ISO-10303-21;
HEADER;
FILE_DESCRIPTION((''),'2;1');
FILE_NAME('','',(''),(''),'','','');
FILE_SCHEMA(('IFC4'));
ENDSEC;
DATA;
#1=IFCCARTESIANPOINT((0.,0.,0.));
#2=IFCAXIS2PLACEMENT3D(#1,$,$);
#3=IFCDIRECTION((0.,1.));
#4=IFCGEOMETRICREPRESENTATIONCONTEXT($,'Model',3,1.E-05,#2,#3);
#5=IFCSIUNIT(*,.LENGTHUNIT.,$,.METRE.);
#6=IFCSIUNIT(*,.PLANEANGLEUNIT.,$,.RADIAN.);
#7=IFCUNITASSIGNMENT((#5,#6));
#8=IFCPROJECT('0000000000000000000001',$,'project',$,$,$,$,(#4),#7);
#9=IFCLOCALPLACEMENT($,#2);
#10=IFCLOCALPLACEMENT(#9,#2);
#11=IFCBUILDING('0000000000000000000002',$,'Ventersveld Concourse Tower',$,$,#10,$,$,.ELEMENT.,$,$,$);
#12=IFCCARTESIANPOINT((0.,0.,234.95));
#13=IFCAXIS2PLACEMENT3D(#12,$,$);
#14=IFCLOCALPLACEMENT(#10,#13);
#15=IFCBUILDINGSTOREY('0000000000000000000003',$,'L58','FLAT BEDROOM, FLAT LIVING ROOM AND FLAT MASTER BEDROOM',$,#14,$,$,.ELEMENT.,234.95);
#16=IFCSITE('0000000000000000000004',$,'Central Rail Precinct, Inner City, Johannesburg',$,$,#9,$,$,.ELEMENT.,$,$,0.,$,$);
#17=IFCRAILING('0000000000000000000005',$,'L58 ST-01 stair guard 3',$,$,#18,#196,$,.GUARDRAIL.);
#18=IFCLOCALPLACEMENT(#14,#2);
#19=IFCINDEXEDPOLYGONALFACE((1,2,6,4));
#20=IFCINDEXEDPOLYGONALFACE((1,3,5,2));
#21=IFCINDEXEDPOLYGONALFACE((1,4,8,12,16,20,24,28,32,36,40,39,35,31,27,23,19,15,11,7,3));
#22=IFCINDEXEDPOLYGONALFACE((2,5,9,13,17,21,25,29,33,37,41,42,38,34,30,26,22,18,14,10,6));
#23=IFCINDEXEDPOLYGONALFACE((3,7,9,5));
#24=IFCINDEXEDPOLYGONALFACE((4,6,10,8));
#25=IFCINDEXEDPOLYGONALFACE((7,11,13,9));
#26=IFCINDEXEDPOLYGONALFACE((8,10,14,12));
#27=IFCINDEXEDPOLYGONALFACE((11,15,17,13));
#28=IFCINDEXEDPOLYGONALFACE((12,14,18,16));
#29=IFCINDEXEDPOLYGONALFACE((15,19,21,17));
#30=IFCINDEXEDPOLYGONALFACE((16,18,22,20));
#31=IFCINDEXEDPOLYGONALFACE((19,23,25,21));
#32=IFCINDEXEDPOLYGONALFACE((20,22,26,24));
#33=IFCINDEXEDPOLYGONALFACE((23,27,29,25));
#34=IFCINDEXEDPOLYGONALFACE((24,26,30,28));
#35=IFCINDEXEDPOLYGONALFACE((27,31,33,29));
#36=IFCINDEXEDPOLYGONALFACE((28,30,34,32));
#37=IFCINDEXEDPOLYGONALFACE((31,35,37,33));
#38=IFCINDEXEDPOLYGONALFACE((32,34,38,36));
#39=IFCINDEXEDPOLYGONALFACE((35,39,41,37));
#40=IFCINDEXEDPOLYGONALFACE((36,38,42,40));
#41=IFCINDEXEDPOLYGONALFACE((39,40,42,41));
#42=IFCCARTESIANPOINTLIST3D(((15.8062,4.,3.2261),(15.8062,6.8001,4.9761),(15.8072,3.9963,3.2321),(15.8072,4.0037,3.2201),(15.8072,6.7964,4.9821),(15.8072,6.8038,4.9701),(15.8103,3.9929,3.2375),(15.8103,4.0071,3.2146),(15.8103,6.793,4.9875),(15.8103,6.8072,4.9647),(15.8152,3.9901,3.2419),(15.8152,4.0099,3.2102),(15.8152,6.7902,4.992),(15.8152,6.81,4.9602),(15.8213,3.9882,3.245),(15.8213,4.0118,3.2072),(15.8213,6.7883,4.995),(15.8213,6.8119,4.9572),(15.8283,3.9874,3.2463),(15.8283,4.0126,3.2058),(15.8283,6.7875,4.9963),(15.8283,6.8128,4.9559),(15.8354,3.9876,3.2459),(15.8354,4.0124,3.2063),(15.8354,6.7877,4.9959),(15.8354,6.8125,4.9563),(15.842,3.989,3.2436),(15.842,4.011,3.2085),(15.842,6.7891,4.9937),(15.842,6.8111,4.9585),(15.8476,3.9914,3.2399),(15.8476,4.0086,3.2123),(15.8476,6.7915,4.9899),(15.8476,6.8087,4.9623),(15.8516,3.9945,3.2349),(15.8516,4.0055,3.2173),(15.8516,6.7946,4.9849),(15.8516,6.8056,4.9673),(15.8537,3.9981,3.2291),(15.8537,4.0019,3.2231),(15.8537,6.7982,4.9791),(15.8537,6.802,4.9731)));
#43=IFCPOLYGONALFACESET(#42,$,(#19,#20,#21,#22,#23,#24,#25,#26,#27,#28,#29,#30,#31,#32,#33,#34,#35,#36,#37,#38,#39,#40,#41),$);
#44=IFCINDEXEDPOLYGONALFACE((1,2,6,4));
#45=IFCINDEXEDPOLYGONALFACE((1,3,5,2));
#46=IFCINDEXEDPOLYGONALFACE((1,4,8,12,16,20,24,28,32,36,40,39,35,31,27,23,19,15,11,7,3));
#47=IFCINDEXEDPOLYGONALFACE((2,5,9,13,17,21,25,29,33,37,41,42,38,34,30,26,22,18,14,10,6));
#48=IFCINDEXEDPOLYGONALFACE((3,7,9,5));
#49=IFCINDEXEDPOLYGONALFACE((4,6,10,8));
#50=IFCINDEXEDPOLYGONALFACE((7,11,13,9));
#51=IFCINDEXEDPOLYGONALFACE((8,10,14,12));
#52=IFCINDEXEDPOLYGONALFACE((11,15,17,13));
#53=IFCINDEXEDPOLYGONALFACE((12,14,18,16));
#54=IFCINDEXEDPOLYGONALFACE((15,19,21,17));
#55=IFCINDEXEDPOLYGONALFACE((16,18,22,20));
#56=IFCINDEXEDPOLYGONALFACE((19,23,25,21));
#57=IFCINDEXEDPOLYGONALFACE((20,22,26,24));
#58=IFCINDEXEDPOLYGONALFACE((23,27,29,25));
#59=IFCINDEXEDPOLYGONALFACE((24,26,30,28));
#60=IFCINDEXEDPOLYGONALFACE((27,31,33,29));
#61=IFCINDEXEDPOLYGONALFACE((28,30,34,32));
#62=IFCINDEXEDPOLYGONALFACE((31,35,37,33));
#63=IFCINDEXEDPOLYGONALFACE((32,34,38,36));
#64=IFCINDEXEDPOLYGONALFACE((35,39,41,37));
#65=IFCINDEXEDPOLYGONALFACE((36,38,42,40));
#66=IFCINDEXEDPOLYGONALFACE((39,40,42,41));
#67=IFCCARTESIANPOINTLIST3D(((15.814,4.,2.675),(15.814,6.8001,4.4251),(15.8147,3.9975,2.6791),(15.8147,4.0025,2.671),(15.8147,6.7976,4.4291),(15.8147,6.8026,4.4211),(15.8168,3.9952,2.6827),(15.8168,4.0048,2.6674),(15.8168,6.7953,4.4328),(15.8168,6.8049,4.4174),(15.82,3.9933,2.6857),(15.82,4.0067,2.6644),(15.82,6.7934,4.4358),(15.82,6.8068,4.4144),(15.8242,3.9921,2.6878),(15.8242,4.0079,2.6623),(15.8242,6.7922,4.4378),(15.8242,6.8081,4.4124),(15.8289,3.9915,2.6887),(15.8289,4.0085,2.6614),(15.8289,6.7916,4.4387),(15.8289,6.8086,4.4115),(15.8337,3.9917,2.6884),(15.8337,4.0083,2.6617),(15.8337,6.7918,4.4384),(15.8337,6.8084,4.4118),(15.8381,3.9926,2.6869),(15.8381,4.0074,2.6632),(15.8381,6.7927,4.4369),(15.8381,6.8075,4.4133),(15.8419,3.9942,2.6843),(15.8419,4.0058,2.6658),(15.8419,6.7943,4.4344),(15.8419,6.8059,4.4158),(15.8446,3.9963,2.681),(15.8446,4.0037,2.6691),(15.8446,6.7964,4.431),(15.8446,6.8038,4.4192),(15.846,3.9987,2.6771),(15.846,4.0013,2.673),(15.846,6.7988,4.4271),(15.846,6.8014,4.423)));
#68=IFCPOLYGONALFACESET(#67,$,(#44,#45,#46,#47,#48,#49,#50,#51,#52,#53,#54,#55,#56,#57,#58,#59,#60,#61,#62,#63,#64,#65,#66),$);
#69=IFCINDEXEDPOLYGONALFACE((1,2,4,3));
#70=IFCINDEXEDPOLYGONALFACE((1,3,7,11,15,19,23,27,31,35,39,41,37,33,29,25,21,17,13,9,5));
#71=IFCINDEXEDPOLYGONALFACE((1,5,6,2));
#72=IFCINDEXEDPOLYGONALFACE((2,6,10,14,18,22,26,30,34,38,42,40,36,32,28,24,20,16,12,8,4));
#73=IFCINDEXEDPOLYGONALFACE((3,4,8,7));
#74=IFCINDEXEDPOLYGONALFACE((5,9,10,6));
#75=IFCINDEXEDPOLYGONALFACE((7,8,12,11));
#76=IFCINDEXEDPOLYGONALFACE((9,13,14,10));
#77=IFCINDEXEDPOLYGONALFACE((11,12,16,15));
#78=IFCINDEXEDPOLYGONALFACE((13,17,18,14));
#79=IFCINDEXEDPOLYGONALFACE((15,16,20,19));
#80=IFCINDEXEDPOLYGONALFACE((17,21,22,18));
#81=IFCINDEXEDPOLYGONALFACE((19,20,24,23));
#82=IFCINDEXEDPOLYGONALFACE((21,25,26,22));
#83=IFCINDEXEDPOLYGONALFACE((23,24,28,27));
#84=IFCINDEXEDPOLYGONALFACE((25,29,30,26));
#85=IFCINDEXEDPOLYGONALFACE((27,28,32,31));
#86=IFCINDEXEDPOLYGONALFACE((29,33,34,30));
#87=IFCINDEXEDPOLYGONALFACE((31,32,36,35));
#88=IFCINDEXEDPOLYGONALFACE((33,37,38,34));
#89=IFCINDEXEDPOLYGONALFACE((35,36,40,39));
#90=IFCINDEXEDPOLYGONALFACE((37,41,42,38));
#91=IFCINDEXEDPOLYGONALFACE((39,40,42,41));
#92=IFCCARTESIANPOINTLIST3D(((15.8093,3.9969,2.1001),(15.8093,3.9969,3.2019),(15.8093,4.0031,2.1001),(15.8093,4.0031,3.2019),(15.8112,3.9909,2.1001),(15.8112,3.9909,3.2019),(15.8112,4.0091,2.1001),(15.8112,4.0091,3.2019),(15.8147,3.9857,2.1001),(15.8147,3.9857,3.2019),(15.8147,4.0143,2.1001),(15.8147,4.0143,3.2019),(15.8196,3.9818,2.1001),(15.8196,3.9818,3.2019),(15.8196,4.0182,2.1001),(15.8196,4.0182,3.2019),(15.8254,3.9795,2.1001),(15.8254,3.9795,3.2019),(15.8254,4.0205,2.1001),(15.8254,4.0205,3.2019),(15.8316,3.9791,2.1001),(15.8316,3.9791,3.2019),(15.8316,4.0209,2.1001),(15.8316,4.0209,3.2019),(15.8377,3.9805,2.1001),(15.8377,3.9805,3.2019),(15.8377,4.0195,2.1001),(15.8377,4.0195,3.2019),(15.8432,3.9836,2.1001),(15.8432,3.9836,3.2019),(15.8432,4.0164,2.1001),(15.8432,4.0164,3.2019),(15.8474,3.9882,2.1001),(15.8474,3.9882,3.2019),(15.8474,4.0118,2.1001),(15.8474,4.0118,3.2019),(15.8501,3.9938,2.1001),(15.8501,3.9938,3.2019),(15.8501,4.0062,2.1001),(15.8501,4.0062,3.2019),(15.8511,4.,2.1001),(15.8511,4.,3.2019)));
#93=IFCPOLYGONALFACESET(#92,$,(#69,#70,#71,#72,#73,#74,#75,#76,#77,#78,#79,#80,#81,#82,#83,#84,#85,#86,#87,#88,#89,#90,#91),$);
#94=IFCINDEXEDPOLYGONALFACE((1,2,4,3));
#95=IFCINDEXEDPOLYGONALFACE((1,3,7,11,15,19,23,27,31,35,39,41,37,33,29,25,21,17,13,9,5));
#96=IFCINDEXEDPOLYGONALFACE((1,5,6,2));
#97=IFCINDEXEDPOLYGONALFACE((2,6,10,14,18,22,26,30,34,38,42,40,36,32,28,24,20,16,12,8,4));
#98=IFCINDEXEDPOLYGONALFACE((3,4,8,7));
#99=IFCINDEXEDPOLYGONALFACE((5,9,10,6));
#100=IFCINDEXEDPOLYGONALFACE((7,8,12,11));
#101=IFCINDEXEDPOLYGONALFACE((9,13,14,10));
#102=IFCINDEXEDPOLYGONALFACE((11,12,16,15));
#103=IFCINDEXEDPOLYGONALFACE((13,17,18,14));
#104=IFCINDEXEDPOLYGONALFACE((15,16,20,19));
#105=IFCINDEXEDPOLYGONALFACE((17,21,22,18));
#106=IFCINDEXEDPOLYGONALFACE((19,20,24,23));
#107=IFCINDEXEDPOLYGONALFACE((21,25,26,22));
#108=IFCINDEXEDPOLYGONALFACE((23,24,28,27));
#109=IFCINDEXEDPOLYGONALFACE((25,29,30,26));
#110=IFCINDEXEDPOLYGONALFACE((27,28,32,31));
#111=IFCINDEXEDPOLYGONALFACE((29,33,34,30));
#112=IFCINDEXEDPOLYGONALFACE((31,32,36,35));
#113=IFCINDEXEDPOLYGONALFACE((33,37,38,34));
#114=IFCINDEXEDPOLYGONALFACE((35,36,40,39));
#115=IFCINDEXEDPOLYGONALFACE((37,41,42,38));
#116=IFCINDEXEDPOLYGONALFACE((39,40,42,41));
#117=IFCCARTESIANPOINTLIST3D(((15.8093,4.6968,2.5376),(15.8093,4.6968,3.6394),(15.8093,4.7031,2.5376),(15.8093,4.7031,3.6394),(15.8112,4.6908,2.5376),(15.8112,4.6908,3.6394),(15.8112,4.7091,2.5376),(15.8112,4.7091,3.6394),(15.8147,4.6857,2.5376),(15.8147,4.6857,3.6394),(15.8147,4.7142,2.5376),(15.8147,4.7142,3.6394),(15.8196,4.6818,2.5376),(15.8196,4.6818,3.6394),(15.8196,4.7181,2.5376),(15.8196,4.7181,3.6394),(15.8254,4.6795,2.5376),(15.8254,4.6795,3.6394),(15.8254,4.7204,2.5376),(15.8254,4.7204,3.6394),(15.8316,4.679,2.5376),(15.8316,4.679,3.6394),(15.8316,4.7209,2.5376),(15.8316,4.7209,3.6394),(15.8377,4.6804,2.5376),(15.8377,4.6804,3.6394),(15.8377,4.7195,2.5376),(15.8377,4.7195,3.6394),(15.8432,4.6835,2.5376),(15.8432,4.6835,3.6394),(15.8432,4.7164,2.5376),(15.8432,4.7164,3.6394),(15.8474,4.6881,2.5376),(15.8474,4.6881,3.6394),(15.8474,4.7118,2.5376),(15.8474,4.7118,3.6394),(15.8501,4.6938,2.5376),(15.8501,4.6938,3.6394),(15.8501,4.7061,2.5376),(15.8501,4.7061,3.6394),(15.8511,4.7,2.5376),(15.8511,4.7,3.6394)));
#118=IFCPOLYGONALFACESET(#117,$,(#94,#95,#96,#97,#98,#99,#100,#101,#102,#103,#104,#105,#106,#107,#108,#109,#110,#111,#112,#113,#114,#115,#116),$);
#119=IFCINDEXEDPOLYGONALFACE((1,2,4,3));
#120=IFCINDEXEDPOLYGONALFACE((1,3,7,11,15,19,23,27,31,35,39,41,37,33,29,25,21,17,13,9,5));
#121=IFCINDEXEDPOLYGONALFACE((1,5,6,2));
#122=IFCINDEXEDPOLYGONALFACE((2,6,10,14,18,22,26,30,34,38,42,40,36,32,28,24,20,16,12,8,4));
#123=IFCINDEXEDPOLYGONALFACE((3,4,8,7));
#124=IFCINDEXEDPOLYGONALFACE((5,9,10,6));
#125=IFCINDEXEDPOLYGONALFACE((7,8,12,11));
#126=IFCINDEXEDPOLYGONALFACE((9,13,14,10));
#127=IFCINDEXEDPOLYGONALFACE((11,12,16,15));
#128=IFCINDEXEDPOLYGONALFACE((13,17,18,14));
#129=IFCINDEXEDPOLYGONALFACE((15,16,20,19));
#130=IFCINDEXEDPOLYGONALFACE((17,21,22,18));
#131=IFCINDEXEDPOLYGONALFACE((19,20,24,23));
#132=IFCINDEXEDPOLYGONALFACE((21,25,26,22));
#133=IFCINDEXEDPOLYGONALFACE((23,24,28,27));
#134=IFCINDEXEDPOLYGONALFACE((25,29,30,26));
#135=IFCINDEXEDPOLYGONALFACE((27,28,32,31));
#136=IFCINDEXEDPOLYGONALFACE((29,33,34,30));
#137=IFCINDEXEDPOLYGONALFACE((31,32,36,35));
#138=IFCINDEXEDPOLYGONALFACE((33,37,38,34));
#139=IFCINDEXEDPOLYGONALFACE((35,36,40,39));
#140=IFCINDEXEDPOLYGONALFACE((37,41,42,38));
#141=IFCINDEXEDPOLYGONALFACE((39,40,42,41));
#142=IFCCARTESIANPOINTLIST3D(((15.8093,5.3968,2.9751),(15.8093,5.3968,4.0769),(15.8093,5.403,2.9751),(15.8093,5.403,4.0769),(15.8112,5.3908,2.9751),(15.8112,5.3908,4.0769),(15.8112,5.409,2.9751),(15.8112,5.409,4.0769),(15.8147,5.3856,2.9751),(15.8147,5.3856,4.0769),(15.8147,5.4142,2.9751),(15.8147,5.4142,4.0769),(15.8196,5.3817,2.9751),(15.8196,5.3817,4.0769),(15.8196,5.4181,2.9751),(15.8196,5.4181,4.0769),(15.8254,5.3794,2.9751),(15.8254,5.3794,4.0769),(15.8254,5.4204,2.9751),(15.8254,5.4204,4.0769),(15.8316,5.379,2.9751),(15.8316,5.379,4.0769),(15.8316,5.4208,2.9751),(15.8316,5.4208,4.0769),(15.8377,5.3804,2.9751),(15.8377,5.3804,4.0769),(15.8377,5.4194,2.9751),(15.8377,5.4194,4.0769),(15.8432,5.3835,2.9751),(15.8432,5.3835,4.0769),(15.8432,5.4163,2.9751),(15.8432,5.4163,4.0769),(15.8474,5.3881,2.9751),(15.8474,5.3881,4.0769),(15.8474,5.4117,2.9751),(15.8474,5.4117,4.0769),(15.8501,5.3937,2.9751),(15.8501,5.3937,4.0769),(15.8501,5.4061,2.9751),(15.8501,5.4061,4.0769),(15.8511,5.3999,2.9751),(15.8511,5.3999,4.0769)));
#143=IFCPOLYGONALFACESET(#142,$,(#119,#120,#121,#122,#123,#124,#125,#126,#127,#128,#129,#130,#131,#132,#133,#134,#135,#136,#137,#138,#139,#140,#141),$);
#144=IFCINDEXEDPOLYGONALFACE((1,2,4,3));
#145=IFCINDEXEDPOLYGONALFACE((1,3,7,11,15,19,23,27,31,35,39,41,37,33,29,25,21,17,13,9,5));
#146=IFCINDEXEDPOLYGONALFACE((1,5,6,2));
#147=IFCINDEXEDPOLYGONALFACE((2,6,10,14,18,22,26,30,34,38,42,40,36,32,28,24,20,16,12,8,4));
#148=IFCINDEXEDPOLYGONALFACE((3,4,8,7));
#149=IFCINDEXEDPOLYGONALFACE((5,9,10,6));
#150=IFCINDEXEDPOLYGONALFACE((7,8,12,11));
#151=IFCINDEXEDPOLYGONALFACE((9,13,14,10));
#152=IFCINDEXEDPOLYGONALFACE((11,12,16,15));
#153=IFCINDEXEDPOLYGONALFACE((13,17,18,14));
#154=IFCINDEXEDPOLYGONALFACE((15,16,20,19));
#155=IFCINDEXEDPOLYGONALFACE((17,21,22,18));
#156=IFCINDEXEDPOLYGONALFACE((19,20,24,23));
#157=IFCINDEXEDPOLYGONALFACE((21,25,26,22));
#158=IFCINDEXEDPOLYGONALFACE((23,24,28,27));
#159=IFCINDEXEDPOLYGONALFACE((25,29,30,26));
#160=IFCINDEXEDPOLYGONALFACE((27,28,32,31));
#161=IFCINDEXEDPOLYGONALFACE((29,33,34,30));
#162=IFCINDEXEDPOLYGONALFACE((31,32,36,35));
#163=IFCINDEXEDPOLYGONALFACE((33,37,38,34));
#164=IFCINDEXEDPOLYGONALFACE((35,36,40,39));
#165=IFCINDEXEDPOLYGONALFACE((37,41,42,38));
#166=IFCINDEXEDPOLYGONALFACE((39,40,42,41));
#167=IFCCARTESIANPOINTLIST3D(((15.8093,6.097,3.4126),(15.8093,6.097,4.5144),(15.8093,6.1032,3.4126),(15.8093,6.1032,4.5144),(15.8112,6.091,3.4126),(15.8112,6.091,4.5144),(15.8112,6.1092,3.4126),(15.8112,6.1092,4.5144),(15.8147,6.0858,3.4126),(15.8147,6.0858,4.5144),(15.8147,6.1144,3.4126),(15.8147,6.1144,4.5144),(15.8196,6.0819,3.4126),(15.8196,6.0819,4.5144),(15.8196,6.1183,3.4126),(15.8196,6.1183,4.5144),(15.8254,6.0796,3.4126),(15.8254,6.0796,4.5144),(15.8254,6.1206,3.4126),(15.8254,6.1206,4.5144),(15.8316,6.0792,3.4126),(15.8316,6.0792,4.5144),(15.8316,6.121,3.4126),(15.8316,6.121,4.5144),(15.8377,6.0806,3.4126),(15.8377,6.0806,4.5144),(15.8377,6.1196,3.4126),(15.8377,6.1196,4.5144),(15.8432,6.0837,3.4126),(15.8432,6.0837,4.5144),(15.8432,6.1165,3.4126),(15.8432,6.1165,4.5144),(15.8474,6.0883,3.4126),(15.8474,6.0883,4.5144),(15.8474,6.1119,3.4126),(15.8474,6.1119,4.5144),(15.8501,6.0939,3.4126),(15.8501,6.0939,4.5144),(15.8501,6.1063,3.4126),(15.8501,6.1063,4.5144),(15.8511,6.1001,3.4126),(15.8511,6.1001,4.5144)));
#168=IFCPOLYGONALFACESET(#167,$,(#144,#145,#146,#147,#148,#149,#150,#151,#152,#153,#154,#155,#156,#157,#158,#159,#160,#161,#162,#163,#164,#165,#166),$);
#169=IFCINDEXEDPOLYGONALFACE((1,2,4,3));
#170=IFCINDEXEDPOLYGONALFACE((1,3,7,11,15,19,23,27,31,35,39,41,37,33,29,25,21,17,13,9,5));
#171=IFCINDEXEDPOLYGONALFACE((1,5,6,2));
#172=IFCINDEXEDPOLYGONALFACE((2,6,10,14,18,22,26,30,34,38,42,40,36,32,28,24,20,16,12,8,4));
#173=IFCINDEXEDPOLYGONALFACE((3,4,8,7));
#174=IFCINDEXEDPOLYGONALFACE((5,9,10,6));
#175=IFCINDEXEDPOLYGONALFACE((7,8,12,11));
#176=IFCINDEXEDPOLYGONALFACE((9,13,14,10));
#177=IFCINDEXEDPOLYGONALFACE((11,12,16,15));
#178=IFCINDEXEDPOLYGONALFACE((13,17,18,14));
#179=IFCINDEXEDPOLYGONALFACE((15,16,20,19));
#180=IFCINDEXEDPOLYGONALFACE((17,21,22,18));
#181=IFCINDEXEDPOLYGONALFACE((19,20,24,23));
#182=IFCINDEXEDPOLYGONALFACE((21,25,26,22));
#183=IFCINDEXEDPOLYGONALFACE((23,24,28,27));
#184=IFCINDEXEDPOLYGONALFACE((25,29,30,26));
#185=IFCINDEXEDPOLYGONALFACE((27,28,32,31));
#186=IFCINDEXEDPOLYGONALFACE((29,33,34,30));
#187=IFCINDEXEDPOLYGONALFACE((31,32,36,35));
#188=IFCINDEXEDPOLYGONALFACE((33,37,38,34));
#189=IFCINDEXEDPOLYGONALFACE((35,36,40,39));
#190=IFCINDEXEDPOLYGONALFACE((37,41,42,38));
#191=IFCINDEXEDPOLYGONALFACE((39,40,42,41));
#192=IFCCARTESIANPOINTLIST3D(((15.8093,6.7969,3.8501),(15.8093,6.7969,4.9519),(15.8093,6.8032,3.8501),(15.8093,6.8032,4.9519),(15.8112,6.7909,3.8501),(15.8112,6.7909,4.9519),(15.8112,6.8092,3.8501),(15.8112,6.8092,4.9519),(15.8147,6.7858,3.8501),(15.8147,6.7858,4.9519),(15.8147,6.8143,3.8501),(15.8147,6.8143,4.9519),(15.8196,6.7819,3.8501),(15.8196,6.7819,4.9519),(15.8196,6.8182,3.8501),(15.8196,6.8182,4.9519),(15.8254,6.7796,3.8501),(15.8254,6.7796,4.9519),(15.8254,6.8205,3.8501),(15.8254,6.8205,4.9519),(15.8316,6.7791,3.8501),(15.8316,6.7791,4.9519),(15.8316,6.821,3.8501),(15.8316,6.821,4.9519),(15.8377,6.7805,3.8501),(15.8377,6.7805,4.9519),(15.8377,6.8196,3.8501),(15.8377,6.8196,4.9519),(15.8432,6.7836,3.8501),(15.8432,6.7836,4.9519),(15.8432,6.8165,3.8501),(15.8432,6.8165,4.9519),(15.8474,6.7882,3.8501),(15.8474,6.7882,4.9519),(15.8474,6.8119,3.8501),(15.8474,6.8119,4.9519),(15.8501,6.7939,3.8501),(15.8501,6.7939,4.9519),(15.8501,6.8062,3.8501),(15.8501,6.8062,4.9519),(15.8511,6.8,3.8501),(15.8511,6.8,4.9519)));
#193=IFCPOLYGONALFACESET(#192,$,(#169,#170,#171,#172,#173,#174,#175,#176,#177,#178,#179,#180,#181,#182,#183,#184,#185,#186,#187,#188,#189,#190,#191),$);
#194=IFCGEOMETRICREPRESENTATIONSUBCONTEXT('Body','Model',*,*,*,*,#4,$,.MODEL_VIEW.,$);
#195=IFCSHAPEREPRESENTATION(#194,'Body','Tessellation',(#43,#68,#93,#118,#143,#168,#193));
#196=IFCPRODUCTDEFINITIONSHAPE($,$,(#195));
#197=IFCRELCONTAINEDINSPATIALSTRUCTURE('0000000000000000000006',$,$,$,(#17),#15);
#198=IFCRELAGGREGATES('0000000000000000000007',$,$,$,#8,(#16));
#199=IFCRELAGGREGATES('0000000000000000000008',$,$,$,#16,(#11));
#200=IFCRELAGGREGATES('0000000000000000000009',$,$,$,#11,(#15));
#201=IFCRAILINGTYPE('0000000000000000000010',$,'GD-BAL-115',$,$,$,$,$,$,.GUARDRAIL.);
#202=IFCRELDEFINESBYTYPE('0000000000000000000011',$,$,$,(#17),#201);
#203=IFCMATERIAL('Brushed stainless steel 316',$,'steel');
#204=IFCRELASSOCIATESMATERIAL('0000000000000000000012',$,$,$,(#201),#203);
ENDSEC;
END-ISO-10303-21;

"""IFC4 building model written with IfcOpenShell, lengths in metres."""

from ifc_helpers import new_model, si_unit, direction, frame, origin, origin_2d, place, context, subcontext, project, spatial, circle, extrude, material, type_object, element, save


model = new_model("IFC4")

# Units and contexts
model_context = context("Model", 3, precision=1e-05, world=origin(), true_north=direction((0.0, 1.0)))
body_context = subcontext(model_context, "Body", "Model", "MODEL_VIEW")
ifc_project = project(units=[si_unit("LENGTHUNIT", "METRE"), si_unit("PLANEANGLEUNIT", "RADIAN")], contexts=[model_context])

# Site, building, storey
site_placement = place(None, origin())
site = spatial("IfcSite", under=ifc_project, at=site_placement, Name="Central Rail Precinct, Inner City, Johannesburg", CompositionType="ELEMENT", RefElevation=0.0)
building_placement = place(site_placement, origin())
building = spatial("IfcBuilding", under=site, at=building_placement, Name="Ventersveld Concourse Tower", CompositionType="ELEMENT")
storey_placement = place(building_placement, frame((0.0, 0.0, 234.95)))
storey = spatial("IfcBuildingStorey", under=building, at=storey_placement, Name="L58", Description="FLAT BEDROOM, FLAT LIVING ROOM AND FLAT MASTER BEDROOM", CompositionType="ELEMENT", Elevation=234.95)

# Shared definitions
ifc_material_1 = material(Name="Brushed stainless steel 316", Category="steel")

# Railing
railing_type_1 = type_object("IfcRailingType", Name="GD-BAL-115", PredefinedType="GUARDRAIL", material=ifc_material_1)
railing_1_placement = place(storey_placement, frame((15.8301, 4.0, 2.1001)))
element("IfcRailing", 1, at=railing_1_placement, inside=storey, type_object=railing_type_1, Name="L58 ST-01 stair guard 3", PredefinedType="GUARDRAIL", context=body_context, shape_type="SweptSolid", body=[
    extrude(circle(Radius=0.0239, at=origin_2d()), frame((0.0, 0.0, 1.126), z_axis=(0.0, 0.848002, 0.529992), x_axis=(-1.0, 0.0, 0.0)), (0.0, 0.0, 1.0), 3.302),
    extrude(circle(Radius=0.0161, at=origin_2d()), frame((0.0, 0.0, 0.575), z_axis=(0.0, 0.848002, 0.529992), x_axis=(-1.0, 0.0, 0.0)), (0.0, 0.0, 1.0), 3.302),
    extrude(circle(Radius=0.021, at=origin_2d()), origin(), (0.0, 0.0, 1.0), 1.1018),
    extrude(circle(Radius=0.021, at=origin_2d()), frame((0.0, 0.7, 0.4375)), (0.0, 0.0, 1.0), 1.1018),
    extrude(circle(Radius=0.021, at=origin_2d()), frame((0.0, 1.3999, 0.875)), (0.0, 0.0, 1.0), 1.1018),
    extrude(circle(Radius=0.021, at=origin_2d()), frame((0.0, 2.1001, 1.3125)), (0.0, 0.0, 1.0), 1.1018),
    extrude(circle(Radius=0.021, at=origin_2d()), frame((0.0, 2.8, 1.75)), (0.0, 0.0, 1.0), 1.1018),
])

save(model, "model.ifc")
